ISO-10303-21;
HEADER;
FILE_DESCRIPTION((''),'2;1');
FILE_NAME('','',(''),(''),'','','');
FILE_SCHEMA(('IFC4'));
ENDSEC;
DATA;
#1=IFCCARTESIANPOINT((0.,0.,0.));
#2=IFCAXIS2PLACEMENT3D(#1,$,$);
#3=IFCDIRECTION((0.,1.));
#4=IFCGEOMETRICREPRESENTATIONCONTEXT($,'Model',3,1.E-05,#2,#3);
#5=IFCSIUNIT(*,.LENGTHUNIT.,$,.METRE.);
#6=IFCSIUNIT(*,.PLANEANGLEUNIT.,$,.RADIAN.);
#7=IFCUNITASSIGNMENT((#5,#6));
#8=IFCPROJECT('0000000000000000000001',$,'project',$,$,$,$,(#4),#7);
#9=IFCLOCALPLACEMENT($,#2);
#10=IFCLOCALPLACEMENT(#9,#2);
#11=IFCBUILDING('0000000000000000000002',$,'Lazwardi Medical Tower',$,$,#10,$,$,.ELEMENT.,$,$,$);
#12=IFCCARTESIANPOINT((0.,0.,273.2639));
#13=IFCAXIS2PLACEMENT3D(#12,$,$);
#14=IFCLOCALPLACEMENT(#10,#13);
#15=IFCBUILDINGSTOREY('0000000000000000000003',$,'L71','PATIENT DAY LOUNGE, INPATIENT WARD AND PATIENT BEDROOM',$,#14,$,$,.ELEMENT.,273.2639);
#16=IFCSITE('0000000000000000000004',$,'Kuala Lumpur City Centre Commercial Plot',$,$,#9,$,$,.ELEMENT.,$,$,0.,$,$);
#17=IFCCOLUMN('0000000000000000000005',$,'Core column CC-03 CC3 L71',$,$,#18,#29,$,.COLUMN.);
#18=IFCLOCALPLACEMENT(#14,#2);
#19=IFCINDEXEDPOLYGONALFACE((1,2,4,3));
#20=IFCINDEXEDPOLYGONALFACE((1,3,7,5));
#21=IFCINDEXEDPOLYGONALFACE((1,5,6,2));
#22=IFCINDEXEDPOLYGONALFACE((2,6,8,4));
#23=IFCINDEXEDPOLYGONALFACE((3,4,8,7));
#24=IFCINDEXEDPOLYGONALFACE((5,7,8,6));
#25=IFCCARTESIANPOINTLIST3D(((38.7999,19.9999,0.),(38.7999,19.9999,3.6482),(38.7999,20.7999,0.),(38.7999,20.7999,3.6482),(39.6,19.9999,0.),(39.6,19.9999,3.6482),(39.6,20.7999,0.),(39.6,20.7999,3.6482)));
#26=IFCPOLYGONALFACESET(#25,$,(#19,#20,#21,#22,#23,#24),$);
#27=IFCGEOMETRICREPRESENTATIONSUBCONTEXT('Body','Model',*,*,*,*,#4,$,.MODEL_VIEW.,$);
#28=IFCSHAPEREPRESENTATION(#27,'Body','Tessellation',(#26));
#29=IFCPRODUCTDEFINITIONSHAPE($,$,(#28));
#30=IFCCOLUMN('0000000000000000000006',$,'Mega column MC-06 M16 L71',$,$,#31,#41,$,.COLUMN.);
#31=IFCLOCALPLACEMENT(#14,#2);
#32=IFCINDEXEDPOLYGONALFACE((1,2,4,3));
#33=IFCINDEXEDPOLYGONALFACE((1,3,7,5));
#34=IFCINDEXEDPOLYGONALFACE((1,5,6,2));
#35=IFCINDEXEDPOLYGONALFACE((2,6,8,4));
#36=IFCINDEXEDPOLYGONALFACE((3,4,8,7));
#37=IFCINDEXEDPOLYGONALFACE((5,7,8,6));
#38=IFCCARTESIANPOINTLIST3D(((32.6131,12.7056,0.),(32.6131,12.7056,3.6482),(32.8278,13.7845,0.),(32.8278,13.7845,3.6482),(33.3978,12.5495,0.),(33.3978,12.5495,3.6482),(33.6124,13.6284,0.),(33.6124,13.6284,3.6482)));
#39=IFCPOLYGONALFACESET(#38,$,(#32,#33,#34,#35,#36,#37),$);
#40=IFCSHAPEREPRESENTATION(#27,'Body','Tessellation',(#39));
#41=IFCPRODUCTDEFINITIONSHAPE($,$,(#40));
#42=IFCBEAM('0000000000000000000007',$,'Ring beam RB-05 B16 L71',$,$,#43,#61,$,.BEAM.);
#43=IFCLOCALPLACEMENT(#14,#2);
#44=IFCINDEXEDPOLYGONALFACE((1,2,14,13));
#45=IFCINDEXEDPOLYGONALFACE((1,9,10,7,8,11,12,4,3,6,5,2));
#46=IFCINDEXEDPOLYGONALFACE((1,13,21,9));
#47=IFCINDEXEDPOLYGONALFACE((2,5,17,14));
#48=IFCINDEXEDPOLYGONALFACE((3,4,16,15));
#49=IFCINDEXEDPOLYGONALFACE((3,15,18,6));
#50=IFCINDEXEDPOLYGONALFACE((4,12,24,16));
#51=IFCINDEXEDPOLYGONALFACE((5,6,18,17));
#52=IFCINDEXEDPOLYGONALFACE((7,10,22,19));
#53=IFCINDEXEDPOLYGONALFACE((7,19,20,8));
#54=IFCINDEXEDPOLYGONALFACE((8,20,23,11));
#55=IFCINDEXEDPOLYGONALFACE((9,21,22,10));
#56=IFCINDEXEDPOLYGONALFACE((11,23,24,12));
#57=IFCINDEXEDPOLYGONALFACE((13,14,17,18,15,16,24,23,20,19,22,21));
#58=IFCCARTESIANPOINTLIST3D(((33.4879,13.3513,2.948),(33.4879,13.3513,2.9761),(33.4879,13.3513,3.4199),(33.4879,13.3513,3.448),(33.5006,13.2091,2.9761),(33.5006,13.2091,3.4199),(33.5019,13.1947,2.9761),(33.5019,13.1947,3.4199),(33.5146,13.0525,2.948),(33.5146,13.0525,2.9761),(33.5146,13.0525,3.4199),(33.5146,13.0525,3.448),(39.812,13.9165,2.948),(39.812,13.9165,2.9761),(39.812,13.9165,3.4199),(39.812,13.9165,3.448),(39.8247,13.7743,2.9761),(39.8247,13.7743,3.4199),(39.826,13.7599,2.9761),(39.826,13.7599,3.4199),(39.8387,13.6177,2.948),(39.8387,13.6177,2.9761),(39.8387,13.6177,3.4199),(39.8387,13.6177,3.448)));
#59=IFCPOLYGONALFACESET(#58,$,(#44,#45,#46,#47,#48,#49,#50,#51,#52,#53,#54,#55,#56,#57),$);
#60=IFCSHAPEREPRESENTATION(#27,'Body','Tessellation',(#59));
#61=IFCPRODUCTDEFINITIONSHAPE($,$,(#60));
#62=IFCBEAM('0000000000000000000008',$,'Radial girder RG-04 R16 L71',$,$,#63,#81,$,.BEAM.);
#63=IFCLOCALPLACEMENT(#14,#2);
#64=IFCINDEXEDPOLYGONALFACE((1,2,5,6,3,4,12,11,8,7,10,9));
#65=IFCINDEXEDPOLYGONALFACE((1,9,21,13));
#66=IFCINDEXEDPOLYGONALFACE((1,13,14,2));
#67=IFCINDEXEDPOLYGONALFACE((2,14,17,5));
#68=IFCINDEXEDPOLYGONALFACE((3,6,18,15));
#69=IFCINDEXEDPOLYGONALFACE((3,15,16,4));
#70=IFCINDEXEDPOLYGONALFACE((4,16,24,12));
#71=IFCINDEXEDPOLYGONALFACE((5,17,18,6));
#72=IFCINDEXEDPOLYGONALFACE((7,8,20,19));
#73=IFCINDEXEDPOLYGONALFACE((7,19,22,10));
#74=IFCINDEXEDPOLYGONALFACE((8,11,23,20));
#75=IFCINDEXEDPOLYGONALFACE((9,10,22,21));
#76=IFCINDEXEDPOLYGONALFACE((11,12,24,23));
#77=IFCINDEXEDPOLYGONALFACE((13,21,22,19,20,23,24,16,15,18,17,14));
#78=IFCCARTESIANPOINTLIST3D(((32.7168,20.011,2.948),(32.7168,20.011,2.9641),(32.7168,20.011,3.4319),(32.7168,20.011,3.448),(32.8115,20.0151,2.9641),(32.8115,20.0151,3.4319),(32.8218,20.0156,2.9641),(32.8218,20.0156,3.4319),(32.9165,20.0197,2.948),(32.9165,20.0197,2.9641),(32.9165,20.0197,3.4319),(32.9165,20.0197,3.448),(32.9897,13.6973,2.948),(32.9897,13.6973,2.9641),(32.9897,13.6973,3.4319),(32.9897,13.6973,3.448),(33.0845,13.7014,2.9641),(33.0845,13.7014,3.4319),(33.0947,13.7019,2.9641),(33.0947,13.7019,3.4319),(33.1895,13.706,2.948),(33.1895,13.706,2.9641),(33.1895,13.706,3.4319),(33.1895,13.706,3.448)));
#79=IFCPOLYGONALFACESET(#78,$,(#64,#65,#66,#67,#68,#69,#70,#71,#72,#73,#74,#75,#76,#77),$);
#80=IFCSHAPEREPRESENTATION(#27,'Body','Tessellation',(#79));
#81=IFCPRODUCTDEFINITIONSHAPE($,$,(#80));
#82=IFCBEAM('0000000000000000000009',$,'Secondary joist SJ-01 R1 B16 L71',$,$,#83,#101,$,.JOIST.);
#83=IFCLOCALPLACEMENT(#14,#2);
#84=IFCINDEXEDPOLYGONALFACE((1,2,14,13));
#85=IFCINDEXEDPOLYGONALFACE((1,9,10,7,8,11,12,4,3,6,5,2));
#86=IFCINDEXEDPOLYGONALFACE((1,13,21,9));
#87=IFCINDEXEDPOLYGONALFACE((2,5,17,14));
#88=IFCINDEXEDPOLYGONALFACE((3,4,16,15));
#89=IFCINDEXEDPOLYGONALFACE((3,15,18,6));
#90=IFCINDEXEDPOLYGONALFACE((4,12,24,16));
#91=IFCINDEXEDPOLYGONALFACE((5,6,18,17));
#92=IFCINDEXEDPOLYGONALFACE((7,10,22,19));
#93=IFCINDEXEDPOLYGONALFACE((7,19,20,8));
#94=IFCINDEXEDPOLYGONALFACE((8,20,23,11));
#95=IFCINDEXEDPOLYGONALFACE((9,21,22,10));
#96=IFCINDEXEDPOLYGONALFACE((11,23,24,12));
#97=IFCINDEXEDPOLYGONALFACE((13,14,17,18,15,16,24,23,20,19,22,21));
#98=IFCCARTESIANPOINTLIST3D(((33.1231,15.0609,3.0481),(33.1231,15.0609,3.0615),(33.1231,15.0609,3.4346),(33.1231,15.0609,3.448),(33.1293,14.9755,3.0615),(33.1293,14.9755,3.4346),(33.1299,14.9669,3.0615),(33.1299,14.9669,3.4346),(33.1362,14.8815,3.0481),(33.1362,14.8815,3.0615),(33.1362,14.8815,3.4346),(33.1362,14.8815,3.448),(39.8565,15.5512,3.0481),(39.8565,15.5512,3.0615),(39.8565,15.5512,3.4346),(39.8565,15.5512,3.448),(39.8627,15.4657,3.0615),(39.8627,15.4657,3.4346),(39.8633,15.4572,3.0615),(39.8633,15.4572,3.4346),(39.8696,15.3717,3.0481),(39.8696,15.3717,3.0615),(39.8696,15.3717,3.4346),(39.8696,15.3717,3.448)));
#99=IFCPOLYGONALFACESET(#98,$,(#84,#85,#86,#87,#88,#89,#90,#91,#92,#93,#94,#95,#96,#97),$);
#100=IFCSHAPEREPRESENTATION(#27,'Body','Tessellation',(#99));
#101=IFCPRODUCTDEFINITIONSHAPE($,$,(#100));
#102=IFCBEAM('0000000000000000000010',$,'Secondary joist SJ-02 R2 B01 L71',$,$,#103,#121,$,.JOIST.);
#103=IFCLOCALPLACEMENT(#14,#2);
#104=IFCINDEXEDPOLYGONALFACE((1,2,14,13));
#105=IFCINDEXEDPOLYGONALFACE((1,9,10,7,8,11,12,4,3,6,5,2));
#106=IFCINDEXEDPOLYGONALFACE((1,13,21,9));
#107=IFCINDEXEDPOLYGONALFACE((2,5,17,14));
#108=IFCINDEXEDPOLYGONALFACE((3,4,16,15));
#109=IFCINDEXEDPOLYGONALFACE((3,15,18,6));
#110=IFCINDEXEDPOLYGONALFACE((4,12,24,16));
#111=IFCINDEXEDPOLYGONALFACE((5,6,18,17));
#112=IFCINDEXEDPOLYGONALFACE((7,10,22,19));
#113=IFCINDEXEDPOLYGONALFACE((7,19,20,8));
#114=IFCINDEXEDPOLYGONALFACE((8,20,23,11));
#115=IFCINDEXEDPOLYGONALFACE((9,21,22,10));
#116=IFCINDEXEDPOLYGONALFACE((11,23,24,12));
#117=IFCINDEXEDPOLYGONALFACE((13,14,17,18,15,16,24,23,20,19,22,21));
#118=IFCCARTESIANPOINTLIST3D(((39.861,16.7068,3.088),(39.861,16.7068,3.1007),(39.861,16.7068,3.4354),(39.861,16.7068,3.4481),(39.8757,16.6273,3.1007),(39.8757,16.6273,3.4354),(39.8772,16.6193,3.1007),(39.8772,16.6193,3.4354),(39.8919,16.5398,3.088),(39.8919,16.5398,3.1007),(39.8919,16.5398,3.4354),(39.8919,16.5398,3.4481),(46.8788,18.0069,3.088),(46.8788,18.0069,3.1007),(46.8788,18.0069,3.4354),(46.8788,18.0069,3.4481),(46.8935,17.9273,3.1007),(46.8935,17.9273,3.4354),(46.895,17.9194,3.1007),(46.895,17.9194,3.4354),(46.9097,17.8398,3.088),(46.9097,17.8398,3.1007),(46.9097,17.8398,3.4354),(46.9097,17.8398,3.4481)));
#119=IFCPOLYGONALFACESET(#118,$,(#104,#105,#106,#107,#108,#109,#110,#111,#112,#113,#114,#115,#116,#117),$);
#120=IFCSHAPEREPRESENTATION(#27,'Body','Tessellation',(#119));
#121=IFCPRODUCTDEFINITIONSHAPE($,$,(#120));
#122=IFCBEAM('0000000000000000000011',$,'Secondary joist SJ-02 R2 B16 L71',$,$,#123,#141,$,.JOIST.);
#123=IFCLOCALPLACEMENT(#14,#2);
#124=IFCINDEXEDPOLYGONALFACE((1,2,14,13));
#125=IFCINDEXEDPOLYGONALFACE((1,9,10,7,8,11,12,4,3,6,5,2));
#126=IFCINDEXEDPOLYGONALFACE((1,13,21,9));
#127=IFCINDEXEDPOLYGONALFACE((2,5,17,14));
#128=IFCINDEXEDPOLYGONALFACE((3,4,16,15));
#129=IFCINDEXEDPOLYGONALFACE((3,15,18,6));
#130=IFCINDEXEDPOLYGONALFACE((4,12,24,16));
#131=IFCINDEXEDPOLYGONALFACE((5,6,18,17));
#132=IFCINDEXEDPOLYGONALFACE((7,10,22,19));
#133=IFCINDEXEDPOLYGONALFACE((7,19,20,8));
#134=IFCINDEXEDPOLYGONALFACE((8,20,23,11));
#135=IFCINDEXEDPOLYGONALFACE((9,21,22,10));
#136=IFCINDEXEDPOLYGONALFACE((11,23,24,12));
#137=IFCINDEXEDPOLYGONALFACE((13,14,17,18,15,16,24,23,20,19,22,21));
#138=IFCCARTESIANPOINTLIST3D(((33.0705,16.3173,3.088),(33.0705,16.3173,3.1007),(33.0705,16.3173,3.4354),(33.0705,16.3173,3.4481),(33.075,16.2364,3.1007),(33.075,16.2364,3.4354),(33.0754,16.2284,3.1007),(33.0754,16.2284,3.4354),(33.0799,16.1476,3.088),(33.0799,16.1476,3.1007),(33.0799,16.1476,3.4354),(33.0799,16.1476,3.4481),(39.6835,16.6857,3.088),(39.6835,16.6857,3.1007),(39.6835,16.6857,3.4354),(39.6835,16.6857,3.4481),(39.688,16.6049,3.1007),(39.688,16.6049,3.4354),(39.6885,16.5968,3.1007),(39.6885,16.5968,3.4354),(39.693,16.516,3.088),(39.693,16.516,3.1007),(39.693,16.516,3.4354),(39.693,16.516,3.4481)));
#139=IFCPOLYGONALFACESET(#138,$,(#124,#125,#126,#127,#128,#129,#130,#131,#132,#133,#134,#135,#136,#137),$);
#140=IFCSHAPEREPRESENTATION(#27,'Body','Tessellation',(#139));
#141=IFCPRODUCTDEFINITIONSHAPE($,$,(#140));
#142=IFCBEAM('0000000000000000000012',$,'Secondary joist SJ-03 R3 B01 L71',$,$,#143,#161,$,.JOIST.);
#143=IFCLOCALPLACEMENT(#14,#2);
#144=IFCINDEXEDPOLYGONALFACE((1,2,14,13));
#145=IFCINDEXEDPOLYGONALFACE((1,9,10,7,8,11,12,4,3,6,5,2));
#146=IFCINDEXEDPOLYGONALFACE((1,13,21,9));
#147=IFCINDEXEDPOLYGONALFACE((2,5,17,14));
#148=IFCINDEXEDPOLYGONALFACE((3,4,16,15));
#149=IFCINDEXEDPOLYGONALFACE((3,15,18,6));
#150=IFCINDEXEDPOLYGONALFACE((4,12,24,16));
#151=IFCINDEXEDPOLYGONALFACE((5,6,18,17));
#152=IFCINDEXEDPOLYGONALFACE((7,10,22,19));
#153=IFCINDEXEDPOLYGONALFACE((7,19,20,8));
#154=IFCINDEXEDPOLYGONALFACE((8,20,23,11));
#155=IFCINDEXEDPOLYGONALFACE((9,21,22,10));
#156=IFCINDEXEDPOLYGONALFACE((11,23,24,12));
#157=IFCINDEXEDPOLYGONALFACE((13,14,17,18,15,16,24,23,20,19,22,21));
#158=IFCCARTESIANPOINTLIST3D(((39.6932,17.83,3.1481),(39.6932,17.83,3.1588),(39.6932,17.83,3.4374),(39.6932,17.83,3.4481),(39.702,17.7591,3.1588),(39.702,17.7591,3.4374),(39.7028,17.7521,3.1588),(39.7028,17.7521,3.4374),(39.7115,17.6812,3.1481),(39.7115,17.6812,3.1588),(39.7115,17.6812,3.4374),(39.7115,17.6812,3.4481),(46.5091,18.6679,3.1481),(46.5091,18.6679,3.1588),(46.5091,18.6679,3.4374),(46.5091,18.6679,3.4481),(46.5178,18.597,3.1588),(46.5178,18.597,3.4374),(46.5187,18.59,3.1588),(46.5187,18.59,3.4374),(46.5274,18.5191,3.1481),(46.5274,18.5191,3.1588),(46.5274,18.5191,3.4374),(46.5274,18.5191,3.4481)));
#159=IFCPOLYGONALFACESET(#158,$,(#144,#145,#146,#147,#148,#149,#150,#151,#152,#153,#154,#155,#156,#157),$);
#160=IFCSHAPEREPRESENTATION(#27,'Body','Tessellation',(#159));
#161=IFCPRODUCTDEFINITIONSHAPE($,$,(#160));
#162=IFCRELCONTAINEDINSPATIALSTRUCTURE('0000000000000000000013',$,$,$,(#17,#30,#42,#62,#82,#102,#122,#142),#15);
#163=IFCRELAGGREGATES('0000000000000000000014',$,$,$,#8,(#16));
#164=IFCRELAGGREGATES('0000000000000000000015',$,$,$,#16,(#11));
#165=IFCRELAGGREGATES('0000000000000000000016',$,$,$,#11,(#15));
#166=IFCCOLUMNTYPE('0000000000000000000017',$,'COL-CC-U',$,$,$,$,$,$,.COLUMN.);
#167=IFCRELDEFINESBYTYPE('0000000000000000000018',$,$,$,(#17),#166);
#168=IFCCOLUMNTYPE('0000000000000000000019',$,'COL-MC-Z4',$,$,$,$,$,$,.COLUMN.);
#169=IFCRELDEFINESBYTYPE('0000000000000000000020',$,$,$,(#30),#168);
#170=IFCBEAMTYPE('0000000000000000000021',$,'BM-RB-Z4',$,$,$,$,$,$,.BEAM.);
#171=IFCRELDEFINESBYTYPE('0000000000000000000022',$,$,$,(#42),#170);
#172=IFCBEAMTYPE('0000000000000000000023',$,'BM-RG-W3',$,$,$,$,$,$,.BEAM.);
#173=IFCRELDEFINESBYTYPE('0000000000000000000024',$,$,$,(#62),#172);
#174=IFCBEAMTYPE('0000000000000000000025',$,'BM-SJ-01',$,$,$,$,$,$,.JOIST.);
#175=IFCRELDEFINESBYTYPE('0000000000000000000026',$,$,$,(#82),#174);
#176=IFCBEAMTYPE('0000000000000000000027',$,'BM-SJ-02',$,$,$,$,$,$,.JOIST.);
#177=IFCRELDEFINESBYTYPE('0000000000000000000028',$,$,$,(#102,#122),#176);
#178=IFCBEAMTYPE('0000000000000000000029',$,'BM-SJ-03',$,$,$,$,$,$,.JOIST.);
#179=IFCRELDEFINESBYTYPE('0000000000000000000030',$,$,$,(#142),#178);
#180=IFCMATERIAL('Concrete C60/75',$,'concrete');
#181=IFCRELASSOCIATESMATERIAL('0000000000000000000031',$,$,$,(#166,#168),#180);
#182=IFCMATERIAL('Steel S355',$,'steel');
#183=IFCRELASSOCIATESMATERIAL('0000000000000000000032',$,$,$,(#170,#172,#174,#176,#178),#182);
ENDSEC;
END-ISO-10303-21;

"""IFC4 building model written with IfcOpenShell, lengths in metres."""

from ifc_helpers import new_model, si_unit, direction, frame, origin, origin_2d, place, context, subcontext, project, spatial, rectangle, i_section, extrude, material, material_profile, profile_set, type_object, element, save


model = new_model("IFC4")

# Units and contexts
model_context = context("Model", 3, precision=1e-05, world=origin(), true_north=direction((0.0, 1.0)))
body_context = subcontext(model_context, "Body", "Model", "MODEL_VIEW")
ifc_project = project(units=[si_unit("LENGTHUNIT", "METRE"), si_unit("PLANEANGLEUNIT", "RADIAN")], contexts=[model_context])

# Site, building, storey
site_placement = place(None, origin())
site = spatial("IfcSite", under=ifc_project, at=site_placement, Name="Kuala Lumpur City Centre Commercial Plot", CompositionType="ELEMENT", RefElevation=0.0)
building_placement = place(site_placement, origin())
building = spatial("IfcBuilding", under=site, at=building_placement, Name="Lazwardi Medical Tower", CompositionType="ELEMENT")
storey_placement = place(building_placement, frame((0.0, 0.0, 273.2639)))
storey = spatial("IfcBuildingStorey", under=building, at=storey_placement, Name="L71", Description="PATIENT DAY LOUNGE, INPATIENT WARD AND PATIENT BEDROOM", CompositionType="ELEMENT", Elevation=273.2639)

# Columns
ifc_material_1 = material(Name="Concrete C60/75", Category="concrete")
ifc_material_profile_1 = material_profile(ifc_material_1, rectangle(XDim=0.8, YDim=0.8, at=origin_2d()), Name="RC 800x800")
ifc_profile_set_1 = profile_set([ifc_material_profile_1], Name="Concrete C60/75")
column_type_1 = type_object("IfcColumnType", Name="COL-CC-U", PredefinedType="COLUMN", material=ifc_profile_set_1)
column_1_placement = place(storey_placement, frame((39.2, 20.3999, 0.0), z_axis=(0.0, 0.0, 1.0), x_axis=(1.0, 0.0, 0.0)))
element("IfcColumn", 1, at=column_1_placement, inside=storey, type_object=column_type_1, Name="Core column CC-03 CC3 L71", PredefinedType="COLUMN", context=body_context, shape_type="SweptSolid", body=[
    extrude(rectangle(XDim=0.8, YDim=0.8, at=origin_2d()), origin(), (0.0, 0.0, 1.0), 3.6482),
])
ifc_material_profile_2 = material_profile(ifc_material_1, rectangle(XDim=1.1001, YDim=0.8, at=origin_2d()), Name="CFT-RECT 1100x800")
ifc_profile_set_2 = profile_set([ifc_material_profile_2], Name="Concrete C60/75")
column_type_2 = type_object("IfcColumnType", Name="COL-MC-Z4", PredefinedType="COLUMN", material=ifc_profile_set_2)
column_2_placement = place(storey_placement, frame((33.1128, 13.167, 0.0), z_axis=(0.0, 0.0, 1.0), x_axis=(-0.19509, -0.980785, 0.0)))
element("IfcColumn", 2, at=column_2_placement, inside=storey, type_object=column_type_2, Name="Mega column MC-06 M16 L71", PredefinedType="COLUMN", context=body_context, shape_type="SweptSolid", body=[
    extrude(rectangle(XDim=1.1001, YDim=0.8, at=origin_2d()), origin(), (0.0, 0.0, 1.0), 3.6482),
])

# Beams
ifc_material_2 = material(Name="Steel S355", Category="steel")
ifc_material_profile_3 = material_profile(ifc_material_2, i_section(OverallWidth=0.3, OverallDepth=0.5, WebThickness=0.0144, FlangeThickness=0.0281, at=origin_2d()), Name="HEB 500")
ifc_profile_set_3 = profile_set([ifc_material_profile_3], Name="Steel S355")
beam_type_1 = type_object("IfcBeamType", Name="BM-RB-Z4", PredefinedType="BEAM", material=ifc_profile_set_3)
beam_1_placement = place(storey_placement, frame((33.5012, 13.2019, 3.198), z_axis=(0.99603, 0.089014, 0.0), x_axis=(-0.089014, 0.99603, 0.0)))
element("IfcBeam", 3, at=beam_1_placement, inside=storey, type_object=beam_type_1, Name="Ring beam RB-05 B16 L71", PredefinedType="BEAM", context=body_context, shape_type="SweptSolid", body=[
    extrude(i_section(OverallWidth=0.3, OverallDepth=0.5, WebThickness=0.0144, FlangeThickness=0.0281, at=origin_2d()), origin(), (0.0, 0.0, 1.0), 6.3494),
])
ifc_material_profile_4 = material_profile(ifc_material_2, i_section(OverallWidth=0.2, OverallDepth=0.5, WebThickness=0.0103, FlangeThickness=0.0161, at=origin_2d()), Name="IPE 500")
ifc_profile_set_4 = profile_set([ifc_material_profile_4], Name="Steel S355")
beam_type_2 = type_object("IfcBeamType", Name="BM-RG-W3", PredefinedType="BEAM", material=ifc_profile_set_4)
beam_2_placement = place(storey_placement, frame((33.0896, 13.7017, 3.198), z_axis=(-0.043191, 0.999067, 0.0), x_axis=(-0.999067, -0.043191, 0.0)))
element("IfcBeam", 4, at=beam_2_placement, inside=storey, type_object=beam_type_2, Name="Radial girder RG-04 R16 L71", PredefinedType="BEAM", context=body_context, shape_type="SweptSolid", body=[
    extrude(i_section(OverallWidth=0.2, OverallDepth=0.5, WebThickness=0.0103, FlangeThickness=0.0161, at=origin_2d()), origin(), (0.0, 0.0, 1.0), 6.3196),
])
ifc_material_profile_5 = material_profile(ifc_material_2, i_section(OverallWidth=0.1799, OverallDepth=0.3999, WebThickness=0.0085, FlangeThickness=0.0134, at=origin_2d()), Name="IPE 400")
ifc_profile_set_5 = profile_set([ifc_material_profile_5], Name="Steel S355")
beam_type_3 = type_object("IfcBeamType", Name="BM-SJ-01", PredefinedType="JOIST", material=ifc_profile_set_5)
beam_3_placement = place(storey_placement, frame((33.1296, 14.9712, 3.248), z_axis=(0.99736, 0.072614, 0.0), x_axis=(-0.072614, 0.99736, 0.0)))
element("IfcBeam", 5, at=beam_3_placement, inside=storey, type_object=beam_type_3, Name="Secondary joist SJ-01 R1 B16 L71", PredefinedType="JOIST", context=body_context, shape_type="SweptSolid", body=[
    extrude(i_section(OverallWidth=0.1799, OverallDepth=0.3999, WebThickness=0.0085, FlangeThickness=0.0134, at=origin_2d()), origin(), (0.0, 0.0, 1.0), 6.7512),
])
ifc_material_profile_6 = material_profile(ifc_material_2, i_section(OverallWidth=0.1699, OverallDepth=0.3601, WebThickness=0.0081, FlangeThickness=0.0127, at=origin_2d()), Name="IPE 360")
ifc_profile_set_6 = profile_set([ifc_material_profile_6], Name="Steel S355")
beam_type_4 = type_object("IfcBeamType", Name="BM-SJ-02", PredefinedType="JOIST", material=ifc_profile_set_6)
beam_4_placement = place(storey_placement, frame((39.8765, 16.6233, 3.2681), z_axis=(0.983271, 0.182151, 0.0), x_axis=(-0.182151, 0.983271, 0.0)))
element("IfcBeam", 6, at=beam_4_placement, inside=storey, type_object=beam_type_4, Name="Secondary joist SJ-02 R2 B01 L71", PredefinedType="JOIST", context=body_context, shape_type="SweptSolid", body=[
    extrude(i_section(OverallWidth=0.1699, OverallDepth=0.3601, WebThickness=0.0081, FlangeThickness=0.0127, at=origin_2d()), origin(), (0.0, 0.0, 1.0), 7.1372),
])
beam_5_placement = place(storey_placement, frame((33.0752, 16.2324, 3.2681), z_axis=(0.998452, 0.055623, 0.0), x_axis=(-0.055623, 0.998452, 0.0)))
element("IfcBeam", 7, at=beam_5_placement, inside=storey, type_object=beam_type_4, Name="Secondary joist SJ-02 R2 B16 L71", PredefinedType="JOIST", context=body_context, shape_type="SweptSolid", body=[
    extrude(i_section(OverallWidth=0.1699, OverallDepth=0.3601, WebThickness=0.0081, FlangeThickness=0.0127, at=origin_2d()), origin(), (0.0, 0.0, 1.0), 6.6233),
])
ifc_material_profile_7 = material_profile(ifc_material_2, i_section(OverallWidth=0.1499, OverallDepth=0.3, WebThickness=0.0071, FlangeThickness=0.0107, at=origin_2d()), Name="IPE 300")
ifc_profile_set_7 = profile_set([ifc_material_profile_7], Name="Steel S355")
beam_type_5 = type_object("IfcBeamType", Name="BM-SJ-03", PredefinedType="JOIST", material=ifc_profile_set_7)
beam_6_placement = place(storey_placement, frame((39.7024, 17.7556, 3.2981), z_axis=(0.992529, 0.122013, 0.0), x_axis=(-0.122013, 0.992529, 0.0)))
element("IfcBeam", 8, at=beam_6_placement, inside=storey, type_object=beam_type_5, Name="Secondary joist SJ-03 R3 B01 L71", PredefinedType="JOIST", context=body_context, shape_type="SweptSolid", body=[
    extrude(i_section(OverallWidth=0.1499, OverallDepth=0.3, WebThickness=0.0071, FlangeThickness=0.0107, at=origin_2d()), origin(), (0.0, 0.0, 1.0), 6.8672),
])

save(model, "model.ifc")
